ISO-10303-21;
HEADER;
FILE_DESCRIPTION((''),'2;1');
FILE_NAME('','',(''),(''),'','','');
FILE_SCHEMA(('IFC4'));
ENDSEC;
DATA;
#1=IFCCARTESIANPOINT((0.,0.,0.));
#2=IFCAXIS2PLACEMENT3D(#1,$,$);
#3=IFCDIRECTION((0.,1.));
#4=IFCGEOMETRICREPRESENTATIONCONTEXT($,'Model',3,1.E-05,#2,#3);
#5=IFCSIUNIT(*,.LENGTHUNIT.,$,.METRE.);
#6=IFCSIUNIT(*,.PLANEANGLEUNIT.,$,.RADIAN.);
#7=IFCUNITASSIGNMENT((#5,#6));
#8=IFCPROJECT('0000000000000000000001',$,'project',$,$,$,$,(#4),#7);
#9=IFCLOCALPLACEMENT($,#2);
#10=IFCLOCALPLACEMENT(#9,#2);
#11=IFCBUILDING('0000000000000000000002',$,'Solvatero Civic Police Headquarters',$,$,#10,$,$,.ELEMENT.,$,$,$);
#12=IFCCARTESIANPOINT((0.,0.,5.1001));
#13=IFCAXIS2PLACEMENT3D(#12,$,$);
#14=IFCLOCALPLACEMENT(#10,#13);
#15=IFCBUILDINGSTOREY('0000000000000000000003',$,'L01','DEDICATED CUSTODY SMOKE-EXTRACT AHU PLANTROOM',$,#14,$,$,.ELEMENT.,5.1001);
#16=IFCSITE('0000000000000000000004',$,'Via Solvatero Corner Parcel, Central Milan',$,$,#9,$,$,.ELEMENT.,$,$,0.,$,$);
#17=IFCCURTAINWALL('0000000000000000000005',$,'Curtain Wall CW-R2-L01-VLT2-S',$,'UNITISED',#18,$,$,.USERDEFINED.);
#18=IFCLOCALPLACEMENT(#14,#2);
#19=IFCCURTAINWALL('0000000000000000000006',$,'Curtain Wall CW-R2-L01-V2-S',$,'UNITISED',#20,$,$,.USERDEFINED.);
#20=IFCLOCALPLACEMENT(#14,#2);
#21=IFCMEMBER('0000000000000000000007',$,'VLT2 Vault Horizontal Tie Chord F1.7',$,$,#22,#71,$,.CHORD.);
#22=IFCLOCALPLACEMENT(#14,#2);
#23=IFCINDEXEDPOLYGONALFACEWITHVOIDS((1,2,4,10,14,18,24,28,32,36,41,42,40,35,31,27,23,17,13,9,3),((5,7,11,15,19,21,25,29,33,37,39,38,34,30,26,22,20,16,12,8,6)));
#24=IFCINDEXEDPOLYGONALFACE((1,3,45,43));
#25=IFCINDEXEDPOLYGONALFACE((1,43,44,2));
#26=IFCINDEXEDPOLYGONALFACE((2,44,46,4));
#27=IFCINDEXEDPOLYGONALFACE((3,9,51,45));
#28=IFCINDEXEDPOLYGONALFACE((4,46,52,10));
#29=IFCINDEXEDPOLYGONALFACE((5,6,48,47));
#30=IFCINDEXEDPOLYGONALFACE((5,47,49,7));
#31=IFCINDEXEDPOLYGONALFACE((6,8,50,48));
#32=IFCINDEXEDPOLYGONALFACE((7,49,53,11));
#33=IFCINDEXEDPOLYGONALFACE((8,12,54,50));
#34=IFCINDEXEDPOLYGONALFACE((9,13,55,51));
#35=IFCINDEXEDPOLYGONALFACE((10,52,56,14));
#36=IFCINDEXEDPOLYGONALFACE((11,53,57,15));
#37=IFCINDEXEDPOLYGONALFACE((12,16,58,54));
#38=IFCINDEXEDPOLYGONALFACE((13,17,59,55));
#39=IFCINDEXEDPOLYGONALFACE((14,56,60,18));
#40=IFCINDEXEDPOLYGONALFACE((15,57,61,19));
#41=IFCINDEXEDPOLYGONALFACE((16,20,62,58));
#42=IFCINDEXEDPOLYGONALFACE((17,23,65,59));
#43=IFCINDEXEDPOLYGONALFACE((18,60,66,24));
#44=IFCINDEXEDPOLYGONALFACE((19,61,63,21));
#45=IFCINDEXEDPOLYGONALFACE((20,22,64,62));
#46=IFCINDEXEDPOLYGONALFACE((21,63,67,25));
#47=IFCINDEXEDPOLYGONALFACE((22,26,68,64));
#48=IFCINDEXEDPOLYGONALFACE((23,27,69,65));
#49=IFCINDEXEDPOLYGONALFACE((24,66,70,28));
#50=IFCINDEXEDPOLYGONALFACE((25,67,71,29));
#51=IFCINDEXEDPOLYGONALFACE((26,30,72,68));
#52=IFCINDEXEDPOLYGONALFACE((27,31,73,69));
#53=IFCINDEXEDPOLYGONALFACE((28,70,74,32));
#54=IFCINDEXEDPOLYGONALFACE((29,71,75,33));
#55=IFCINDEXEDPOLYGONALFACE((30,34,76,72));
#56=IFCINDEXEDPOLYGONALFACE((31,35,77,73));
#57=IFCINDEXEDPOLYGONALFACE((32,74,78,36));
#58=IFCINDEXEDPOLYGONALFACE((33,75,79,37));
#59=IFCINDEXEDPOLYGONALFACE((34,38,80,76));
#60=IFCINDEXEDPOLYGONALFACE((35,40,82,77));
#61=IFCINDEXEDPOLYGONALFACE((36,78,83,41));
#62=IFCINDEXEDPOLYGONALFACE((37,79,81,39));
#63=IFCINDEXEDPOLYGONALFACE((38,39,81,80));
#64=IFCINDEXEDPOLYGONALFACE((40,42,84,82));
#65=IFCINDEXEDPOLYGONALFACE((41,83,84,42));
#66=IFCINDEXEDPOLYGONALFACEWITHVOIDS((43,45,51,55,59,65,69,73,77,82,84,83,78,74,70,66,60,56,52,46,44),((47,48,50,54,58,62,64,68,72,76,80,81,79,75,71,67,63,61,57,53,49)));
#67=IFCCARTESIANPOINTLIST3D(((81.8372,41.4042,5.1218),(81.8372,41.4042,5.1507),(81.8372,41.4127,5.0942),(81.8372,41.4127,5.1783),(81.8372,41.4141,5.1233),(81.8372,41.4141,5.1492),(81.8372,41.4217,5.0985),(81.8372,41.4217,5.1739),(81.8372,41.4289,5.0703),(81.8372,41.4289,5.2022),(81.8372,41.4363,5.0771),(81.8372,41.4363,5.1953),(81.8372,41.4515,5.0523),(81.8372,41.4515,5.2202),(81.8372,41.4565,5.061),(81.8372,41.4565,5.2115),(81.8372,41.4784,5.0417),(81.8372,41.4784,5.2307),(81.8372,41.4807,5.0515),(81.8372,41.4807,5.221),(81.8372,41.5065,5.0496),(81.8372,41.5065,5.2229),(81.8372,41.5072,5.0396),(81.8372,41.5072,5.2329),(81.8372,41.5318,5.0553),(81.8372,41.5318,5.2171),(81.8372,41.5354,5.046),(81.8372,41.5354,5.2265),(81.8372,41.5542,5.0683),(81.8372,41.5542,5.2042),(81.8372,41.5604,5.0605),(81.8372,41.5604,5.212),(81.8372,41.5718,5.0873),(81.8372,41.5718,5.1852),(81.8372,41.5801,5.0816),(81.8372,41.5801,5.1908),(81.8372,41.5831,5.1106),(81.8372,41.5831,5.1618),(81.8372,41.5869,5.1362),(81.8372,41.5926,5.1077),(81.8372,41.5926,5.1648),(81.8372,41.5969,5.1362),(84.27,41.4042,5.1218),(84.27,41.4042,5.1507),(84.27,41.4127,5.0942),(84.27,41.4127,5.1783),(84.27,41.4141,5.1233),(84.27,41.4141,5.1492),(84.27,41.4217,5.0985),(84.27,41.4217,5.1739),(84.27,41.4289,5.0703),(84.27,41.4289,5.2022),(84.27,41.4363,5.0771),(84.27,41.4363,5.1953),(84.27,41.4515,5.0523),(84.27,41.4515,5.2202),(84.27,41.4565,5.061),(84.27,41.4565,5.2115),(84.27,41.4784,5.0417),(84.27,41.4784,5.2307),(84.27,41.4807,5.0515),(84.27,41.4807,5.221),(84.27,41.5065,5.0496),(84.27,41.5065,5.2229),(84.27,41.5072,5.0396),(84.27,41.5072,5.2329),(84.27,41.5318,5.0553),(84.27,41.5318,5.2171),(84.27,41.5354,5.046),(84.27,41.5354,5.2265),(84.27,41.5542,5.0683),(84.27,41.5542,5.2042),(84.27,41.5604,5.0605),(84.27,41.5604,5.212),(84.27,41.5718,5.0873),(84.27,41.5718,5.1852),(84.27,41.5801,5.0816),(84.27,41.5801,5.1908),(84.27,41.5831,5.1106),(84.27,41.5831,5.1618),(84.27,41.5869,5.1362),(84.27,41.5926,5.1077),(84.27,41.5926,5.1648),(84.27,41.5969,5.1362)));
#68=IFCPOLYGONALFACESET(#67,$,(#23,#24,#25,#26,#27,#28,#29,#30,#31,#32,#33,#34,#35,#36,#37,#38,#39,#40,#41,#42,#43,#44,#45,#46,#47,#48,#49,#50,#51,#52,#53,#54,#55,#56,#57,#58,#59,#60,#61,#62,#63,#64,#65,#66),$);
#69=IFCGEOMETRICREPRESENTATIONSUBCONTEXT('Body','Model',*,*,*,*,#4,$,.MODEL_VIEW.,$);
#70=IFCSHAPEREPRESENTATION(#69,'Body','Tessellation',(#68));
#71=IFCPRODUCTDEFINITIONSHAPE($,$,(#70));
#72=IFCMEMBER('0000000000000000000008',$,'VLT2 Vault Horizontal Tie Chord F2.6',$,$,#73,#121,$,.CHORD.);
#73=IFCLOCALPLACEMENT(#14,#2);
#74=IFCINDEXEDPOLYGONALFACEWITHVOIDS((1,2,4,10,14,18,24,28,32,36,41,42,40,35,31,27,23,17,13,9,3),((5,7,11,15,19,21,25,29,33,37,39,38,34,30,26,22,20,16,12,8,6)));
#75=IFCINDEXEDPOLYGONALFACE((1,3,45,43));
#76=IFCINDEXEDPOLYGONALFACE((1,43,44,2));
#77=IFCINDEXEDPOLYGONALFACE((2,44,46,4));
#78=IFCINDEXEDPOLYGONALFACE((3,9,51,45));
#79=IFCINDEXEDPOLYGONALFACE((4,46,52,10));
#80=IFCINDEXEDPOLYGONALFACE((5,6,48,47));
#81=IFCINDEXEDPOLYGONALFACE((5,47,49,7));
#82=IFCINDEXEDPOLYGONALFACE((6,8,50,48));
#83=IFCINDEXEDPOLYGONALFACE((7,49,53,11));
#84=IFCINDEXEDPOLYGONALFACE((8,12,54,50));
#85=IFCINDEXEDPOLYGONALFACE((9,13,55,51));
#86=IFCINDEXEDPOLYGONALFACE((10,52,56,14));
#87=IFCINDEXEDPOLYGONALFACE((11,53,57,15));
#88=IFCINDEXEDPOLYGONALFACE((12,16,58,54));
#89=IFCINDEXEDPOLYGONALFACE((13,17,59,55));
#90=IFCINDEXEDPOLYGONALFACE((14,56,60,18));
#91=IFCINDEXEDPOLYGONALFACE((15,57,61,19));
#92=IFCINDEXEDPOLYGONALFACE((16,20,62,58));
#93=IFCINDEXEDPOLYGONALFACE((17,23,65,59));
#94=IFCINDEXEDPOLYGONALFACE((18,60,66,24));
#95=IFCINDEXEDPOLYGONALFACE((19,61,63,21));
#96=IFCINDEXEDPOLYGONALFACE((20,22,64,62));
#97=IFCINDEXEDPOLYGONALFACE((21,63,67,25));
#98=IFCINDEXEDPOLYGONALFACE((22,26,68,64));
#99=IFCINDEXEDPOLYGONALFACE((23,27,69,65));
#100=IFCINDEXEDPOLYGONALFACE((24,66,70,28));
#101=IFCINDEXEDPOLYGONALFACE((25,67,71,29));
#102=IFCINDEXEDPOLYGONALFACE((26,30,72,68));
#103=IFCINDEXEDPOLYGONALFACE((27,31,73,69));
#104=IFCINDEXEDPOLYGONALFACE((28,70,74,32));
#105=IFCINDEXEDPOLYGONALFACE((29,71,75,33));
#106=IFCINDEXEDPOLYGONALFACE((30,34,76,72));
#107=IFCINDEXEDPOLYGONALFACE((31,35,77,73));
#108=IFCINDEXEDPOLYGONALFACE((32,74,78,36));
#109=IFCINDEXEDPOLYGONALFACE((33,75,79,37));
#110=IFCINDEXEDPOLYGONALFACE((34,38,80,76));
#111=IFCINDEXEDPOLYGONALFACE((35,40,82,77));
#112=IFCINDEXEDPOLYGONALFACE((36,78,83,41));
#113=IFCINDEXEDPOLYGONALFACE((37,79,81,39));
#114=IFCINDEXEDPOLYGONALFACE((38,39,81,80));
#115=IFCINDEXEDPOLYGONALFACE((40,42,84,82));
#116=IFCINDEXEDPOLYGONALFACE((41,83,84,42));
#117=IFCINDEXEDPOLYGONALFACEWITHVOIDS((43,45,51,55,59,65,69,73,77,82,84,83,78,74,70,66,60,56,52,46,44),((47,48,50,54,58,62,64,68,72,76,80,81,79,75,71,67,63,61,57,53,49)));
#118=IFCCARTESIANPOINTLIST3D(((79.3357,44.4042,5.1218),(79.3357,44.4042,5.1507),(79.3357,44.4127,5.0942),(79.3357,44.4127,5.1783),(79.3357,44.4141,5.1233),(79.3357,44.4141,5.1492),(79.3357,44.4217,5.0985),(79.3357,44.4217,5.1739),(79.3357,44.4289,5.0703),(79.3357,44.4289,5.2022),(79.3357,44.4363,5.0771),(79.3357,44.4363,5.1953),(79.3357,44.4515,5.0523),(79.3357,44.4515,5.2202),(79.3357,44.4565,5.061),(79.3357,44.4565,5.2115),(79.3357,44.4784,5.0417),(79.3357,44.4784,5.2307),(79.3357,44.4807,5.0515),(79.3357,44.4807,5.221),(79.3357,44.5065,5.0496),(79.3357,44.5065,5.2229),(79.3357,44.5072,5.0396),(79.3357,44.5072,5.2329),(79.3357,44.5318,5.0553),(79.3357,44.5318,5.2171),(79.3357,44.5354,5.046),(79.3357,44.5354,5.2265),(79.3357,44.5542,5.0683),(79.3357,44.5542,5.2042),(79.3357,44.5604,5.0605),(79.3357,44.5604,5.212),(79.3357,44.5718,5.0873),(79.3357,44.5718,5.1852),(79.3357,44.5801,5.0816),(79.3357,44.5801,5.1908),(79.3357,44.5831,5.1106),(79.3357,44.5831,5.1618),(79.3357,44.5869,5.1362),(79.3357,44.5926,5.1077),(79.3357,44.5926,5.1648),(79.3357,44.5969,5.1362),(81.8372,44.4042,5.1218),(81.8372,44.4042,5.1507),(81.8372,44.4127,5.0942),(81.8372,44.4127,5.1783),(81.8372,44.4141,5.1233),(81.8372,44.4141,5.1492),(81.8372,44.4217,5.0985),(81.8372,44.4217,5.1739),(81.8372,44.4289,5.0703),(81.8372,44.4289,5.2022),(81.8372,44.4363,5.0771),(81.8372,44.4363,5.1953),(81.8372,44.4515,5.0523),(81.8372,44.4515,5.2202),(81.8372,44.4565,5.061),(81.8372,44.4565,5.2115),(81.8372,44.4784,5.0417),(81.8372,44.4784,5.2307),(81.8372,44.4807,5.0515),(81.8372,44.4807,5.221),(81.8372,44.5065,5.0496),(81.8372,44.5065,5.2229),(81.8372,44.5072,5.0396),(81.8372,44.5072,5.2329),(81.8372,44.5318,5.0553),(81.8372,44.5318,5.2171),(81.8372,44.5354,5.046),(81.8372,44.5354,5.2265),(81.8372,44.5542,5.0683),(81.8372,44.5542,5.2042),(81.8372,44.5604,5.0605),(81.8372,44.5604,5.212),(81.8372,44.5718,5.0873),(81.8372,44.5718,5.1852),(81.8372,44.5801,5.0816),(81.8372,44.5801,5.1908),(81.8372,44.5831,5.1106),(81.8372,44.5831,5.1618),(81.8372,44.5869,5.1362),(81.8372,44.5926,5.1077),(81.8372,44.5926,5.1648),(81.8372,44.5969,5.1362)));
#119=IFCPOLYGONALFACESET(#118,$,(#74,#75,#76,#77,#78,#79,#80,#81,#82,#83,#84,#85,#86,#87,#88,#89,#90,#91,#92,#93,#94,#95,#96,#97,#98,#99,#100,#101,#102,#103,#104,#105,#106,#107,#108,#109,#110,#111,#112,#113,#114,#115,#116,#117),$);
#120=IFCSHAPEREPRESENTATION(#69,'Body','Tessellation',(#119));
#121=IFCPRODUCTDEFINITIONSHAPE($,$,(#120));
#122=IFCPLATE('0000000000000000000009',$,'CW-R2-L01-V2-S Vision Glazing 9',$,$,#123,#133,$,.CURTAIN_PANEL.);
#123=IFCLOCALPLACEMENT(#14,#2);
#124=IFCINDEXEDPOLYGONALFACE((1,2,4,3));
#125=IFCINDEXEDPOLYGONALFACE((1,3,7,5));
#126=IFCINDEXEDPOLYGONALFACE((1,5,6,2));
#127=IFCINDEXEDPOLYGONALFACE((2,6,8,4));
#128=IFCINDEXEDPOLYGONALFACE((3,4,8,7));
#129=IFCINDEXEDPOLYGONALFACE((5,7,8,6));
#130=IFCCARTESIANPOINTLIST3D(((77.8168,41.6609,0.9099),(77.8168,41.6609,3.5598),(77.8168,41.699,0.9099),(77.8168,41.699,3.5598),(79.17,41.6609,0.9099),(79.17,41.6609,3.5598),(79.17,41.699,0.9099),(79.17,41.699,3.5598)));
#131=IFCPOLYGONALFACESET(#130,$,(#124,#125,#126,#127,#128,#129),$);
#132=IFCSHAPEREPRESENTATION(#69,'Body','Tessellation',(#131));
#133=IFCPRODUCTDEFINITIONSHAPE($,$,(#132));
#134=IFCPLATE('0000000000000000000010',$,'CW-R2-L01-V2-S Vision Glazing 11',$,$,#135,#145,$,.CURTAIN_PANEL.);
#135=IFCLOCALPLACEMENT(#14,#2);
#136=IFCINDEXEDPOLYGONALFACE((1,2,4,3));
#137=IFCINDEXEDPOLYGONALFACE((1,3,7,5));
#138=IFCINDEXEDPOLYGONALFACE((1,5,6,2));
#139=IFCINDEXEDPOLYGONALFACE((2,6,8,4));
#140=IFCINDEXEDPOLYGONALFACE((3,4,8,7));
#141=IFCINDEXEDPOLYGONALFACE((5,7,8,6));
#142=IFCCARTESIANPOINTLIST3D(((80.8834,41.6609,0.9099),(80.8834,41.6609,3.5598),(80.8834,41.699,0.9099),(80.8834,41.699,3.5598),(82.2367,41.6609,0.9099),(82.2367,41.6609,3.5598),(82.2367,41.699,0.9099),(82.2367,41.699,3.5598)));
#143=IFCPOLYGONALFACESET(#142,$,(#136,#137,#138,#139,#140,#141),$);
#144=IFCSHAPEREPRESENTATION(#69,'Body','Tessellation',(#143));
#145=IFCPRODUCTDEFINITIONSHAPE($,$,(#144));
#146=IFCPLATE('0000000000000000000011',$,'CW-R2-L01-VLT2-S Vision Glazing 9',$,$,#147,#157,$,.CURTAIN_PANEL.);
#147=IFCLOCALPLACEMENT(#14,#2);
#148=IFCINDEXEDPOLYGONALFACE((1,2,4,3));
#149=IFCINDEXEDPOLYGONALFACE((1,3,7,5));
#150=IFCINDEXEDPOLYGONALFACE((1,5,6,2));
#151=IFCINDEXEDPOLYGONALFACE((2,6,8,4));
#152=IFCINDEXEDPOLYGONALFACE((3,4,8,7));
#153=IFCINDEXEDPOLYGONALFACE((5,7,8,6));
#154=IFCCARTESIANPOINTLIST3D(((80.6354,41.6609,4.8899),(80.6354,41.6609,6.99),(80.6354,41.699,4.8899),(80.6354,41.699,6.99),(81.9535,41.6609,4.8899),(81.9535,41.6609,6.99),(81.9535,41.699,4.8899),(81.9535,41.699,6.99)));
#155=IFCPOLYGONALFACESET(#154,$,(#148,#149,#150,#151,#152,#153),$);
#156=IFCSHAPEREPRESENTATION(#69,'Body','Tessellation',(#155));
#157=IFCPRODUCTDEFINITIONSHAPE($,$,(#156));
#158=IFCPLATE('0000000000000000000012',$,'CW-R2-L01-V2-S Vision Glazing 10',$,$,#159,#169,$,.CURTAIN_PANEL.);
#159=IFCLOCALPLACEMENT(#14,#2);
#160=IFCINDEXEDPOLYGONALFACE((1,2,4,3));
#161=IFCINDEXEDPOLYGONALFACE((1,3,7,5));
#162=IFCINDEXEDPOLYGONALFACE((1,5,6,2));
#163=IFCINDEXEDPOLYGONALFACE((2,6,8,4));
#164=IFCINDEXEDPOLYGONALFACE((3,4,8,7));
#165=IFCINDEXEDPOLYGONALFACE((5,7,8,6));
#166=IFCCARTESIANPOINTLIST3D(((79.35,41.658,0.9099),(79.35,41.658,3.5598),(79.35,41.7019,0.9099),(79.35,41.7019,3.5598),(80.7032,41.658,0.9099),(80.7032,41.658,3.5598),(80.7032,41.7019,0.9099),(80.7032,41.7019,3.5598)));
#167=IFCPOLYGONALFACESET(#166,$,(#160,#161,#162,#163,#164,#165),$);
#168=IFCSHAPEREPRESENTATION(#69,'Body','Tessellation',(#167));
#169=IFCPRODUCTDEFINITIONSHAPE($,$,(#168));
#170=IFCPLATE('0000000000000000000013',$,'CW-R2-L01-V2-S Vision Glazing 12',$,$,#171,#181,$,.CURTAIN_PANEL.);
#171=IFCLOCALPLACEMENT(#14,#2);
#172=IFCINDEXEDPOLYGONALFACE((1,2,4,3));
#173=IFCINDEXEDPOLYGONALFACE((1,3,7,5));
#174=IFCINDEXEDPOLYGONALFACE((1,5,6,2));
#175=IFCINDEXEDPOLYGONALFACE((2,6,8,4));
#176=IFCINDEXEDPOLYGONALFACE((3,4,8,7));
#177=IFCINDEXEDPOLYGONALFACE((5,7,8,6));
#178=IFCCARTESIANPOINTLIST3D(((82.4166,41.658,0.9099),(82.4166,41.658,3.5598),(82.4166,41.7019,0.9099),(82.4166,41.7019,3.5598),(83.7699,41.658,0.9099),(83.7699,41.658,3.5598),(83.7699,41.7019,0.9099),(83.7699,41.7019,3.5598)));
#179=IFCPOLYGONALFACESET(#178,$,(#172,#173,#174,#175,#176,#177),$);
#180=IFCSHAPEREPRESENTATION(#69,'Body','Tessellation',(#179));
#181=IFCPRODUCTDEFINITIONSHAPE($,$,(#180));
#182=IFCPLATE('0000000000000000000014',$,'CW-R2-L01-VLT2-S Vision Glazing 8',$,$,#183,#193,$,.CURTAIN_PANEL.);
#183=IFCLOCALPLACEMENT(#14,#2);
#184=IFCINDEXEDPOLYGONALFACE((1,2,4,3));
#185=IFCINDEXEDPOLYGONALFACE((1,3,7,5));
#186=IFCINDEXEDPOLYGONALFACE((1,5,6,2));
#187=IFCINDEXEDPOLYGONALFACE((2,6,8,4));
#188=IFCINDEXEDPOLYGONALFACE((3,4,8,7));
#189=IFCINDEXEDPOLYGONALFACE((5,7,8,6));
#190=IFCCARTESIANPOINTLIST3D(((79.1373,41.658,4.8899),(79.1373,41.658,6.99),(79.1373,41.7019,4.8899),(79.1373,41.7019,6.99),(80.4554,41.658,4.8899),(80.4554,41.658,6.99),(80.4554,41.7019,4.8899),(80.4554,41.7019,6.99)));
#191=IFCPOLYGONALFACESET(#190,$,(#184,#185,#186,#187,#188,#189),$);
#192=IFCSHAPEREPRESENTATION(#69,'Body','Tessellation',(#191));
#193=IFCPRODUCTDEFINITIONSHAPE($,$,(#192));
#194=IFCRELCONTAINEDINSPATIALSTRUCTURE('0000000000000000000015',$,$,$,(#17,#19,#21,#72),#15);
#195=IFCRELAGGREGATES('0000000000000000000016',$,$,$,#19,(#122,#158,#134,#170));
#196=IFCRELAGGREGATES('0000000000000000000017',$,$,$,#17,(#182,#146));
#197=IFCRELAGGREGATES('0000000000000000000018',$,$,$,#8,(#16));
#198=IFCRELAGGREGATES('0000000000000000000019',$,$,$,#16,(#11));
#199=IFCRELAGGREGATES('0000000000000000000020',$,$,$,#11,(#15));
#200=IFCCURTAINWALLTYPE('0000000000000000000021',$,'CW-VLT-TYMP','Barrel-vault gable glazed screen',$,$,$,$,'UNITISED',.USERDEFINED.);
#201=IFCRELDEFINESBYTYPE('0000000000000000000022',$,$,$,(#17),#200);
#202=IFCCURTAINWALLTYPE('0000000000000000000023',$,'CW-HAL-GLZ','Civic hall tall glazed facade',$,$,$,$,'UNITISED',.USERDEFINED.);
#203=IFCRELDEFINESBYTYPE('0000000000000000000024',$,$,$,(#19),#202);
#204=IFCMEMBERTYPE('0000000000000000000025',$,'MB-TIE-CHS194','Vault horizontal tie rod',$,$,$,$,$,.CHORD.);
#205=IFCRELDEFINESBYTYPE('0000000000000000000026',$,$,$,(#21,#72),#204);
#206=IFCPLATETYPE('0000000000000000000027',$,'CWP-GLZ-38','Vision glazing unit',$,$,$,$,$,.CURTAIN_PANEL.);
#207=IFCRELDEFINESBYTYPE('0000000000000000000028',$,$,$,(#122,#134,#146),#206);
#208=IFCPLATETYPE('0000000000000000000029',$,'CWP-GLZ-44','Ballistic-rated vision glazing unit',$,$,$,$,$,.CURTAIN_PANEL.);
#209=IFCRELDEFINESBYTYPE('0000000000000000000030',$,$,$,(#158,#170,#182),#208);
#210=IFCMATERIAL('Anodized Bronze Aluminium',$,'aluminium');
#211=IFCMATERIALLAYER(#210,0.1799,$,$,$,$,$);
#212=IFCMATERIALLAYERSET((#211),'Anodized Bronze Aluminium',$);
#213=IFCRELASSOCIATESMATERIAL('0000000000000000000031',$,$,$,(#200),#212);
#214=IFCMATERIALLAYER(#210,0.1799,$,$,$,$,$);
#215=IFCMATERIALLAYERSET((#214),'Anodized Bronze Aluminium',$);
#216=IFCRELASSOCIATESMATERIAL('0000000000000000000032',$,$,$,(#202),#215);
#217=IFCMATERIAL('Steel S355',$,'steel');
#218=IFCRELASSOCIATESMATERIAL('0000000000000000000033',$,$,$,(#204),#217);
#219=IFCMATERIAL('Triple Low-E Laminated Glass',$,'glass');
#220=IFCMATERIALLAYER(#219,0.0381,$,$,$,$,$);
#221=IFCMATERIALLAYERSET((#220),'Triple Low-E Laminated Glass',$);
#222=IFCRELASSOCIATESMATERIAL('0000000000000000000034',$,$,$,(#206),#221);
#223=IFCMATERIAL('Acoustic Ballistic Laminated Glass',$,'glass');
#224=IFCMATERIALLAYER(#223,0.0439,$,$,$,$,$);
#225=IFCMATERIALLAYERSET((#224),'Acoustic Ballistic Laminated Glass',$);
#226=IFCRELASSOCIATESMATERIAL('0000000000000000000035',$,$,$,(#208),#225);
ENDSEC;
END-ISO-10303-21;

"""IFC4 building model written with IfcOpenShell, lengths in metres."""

from ifc_helpers import new_model, si_unit, direction, frame, origin, origin_2d, place, context, subcontext, project, spatial, rectangle, hollow_circle, extrude, material, layer, layer_set, material_profile, profile_set, type_object, element, aggregate, save


model = new_model("IFC4")

# Units and contexts
model_context = context("Model", 3, precision=1e-05, world=origin(), true_north=direction((0.0, 1.0)))
body_context = subcontext(model_context, "Body", "Model", "MODEL_VIEW")
ifc_project = project(units=[si_unit("LENGTHUNIT", "METRE"), si_unit("PLANEANGLEUNIT", "RADIAN")], contexts=[model_context])

# Site, building, storey
site_placement = place(None, origin())
site = spatial("IfcSite", under=ifc_project, at=site_placement, Name="Via Solvatero Corner Parcel, Central Milan", CompositionType="ELEMENT", RefElevation=0.0)
building_placement = place(site_placement, origin())
building = spatial("IfcBuilding", under=site, at=building_placement, Name="Solvatero Civic Police Headquarters", CompositionType="ELEMENT")
storey_placement = place(building_placement, frame((0.0, 0.0, 5.1001)))
storey = spatial("IfcBuildingStorey", under=building, at=storey_placement, Name="L01", Description="DEDICATED CUSTODY SMOKE-EXTRACT AHU PLANTROOM", CompositionType="ELEMENT", Elevation=5.1001)

# Curtain walls
ifc_material_1 = material(Name="Anodized Bronze Aluminium", Category="aluminium")
ifc_layer_1 = layer(ifc_material_1, 0.1799)
ifc_layer_set_1 = layer_set([ifc_layer_1], Name="Anodized Bronze Aluminium")
curtain_wall_type_1 = type_object("IfcCurtainWallType", Name="CW-VLT-TYMP", Description="Barrel-vault gable glazed screen", ElementType="UNITISED", PredefinedType="USERDEFINED", material=ifc_layer_set_1)
curtain_wall_1_placement = place(storey_placement, origin())
curtain_wall_1 = element("IfcCurtainWall", 1, at=curtain_wall_1_placement, inside=storey, type_object=curtain_wall_type_1, Name="Curtain Wall CW-R2-L01-VLT2-S", ObjectType="UNITISED", PredefinedType="USERDEFINED")
ifc_layer_2 = layer(ifc_material_1, 0.1799)
ifc_layer_set_2 = layer_set([ifc_layer_2], Name="Anodized Bronze Aluminium")
curtain_wall_type_2 = type_object("IfcCurtainWallType", Name="CW-HAL-GLZ", Description="Civic hall tall glazed facade", ElementType="UNITISED", PredefinedType="USERDEFINED", material=ifc_layer_set_2)
curtain_wall_2_placement = place(storey_placement, origin())
curtain_wall_2 = element("IfcCurtainWall", 2, at=curtain_wall_2_placement, inside=storey, type_object=curtain_wall_type_2, Name="Curtain Wall CW-R2-L01-V2-S", ObjectType="UNITISED", PredefinedType="USERDEFINED")

# Members
ifc_material_2 = material(Name="Steel S355", Category="steel")
ifc_material_profile_1 = material_profile(ifc_material_2, hollow_circle(Radius=0.0969, WallThickness=0.01, at=origin_2d()), Name="CHS 193.7x10.0")
ifc_profile_set_1 = profile_set([ifc_material_profile_1], Name="Steel S355")
member_type_1 = type_object("IfcMemberType", Name="MB-TIE-CHS194", Description="Vault horizontal tie rod", PredefinedType="CHORD", material=ifc_profile_set_1)
member_1_placement = place(storey_placement, frame((81.8372, 41.5, 5.1362), z_axis=(1.0, 0.0, 0.0), x_axis=(0.0, 1.0, 0.0)))
element("IfcMember", 3, at=member_1_placement, inside=storey, type_object=member_type_1, Name="VLT2 Vault Horizontal Tie Chord F1.7", PredefinedType="CHORD", context=body_context, shape_type="SweptSolid", body=[
    extrude(hollow_circle(Radius=0.0969, WallThickness=0.01, at=origin_2d()), origin(), (0.0, 0.0, 1.0), 2.4329),
])
member_2_placement = place(storey_placement, frame((79.3357, 44.5, 5.1362), z_axis=(1.0, 0.0, 0.0), x_axis=(0.0, 1.0, 0.0)))
element("IfcMember", 4, at=member_2_placement, inside=storey, type_object=member_type_1, Name="VLT2 Vault Horizontal Tie Chord F2.6", PredefinedType="CHORD", context=body_context, shape_type="SweptSolid", body=[
    extrude(hollow_circle(Radius=0.0969, WallThickness=0.01, at=origin_2d()), origin(), (0.0, 0.0, 1.0), 2.5015),
])

# Plates
ifc_material_3 = material(Name="Triple Low-E Laminated Glass", Category="glass")
ifc_layer_3 = layer(ifc_material_3, 0.0381)
ifc_layer_set_3 = layer_set([ifc_layer_3], Name="Triple Low-E Laminated Glass")
plate_type_1 = type_object("IfcPlateType", Name="CWP-GLZ-38", Description="Vision glazing unit", PredefinedType="CURTAIN_PANEL", material=ifc_layer_set_3)
plate_1_placement = place(storey_placement, frame((78.4934, 41.6799, 0.9099), z_axis=(0.0, 0.0, 1.0), x_axis=(1.0, 0.0, 0.0)))
plate_1 = element("IfcPlate", 5, at=plate_1_placement, type_object=plate_type_1, Name="CW-R2-L01-V2-S Vision Glazing 9", PredefinedType="CURTAIN_PANEL", context=body_context, shape_type="SweptSolid", body=[
    extrude(rectangle(XDim=1.3533, YDim=0.0381, at=origin_2d()), origin(), (0.0, 0.0, 1.0), 2.6499),
])
plate_2_placement = place(storey_placement, frame((81.5601, 41.6799, 0.9099), z_axis=(0.0, 0.0, 1.0), x_axis=(1.0, 0.0, 0.0)))
plate_2 = element("IfcPlate", 6, at=plate_2_placement, type_object=plate_type_1, Name="CW-R2-L01-V2-S Vision Glazing 11", PredefinedType="CURTAIN_PANEL", context=body_context, shape_type="SweptSolid", body=[
    extrude(rectangle(XDim=1.3533, YDim=0.0381, at=origin_2d()), origin(), (0.0, 0.0, 1.0), 2.6499),
])
plate_3_placement = place(storey_placement, frame((81.2944, 41.6799, 4.8899), z_axis=(0.0, 0.0, 1.0), x_axis=(1.0, 0.0, 0.0)))
plate_3 = element("IfcPlate", 7, at=plate_3_placement, type_object=plate_type_1, Name="CW-R2-L01-VLT2-S Vision Glazing 9", PredefinedType="CURTAIN_PANEL", context=body_context, shape_type="SweptSolid", body=[
    extrude(rectangle(XDim=1.3181, YDim=0.0381, at=origin_2d()), origin(), (0.0, 0.0, 1.0), 2.1001),
])
ifc_material_4 = material(Name="Acoustic Ballistic Laminated Glass", Category="glass")
ifc_layer_4 = layer(ifc_material_4, 0.0439)
ifc_layer_set_4 = layer_set([ifc_layer_4], Name="Acoustic Ballistic Laminated Glass")
plate_type_2 = type_object("IfcPlateType", Name="CWP-GLZ-44", Description="Ballistic-rated vision glazing unit", PredefinedType="CURTAIN_PANEL", material=ifc_layer_set_4)
plate_4_placement = place(storey_placement, frame((80.0266, 41.6799, 0.9099), z_axis=(0.0, 0.0, 1.0), x_axis=(1.0, 0.0, 0.0)))
plate_4 = element("IfcPlate", 8, at=plate_4_placement, type_object=plate_type_2, Name="CW-R2-L01-V2-S Vision Glazing 10", PredefinedType="CURTAIN_PANEL", context=body_context, shape_type="SweptSolid", body=[
    extrude(rectangle(XDim=1.3533, YDim=0.0439, at=origin_2d()), origin(), (0.0, 0.0, 1.0), 2.6499),
])
plate_5_placement = place(storey_placement, frame((83.0933, 41.6799, 0.9099), z_axis=(0.0, 0.0, 1.0), x_axis=(1.0, 0.0, 0.0)))
plate_5 = element("IfcPlate", 9, at=plate_5_placement, type_object=plate_type_2, Name="CW-R2-L01-V2-S Vision Glazing 12", PredefinedType="CURTAIN_PANEL", context=body_context, shape_type="SweptSolid", body=[
    extrude(rectangle(XDim=1.3533, YDim=0.0439, at=origin_2d()), origin(), (0.0, 0.0, 1.0), 2.6499),
])
plate_6_placement = place(storey_placement, frame((79.7964, 41.6799, 4.8899), z_axis=(0.0, 0.0, 1.0), x_axis=(1.0, 0.0, 0.0)))
plate_6 = element("IfcPlate", 10, at=plate_6_placement, type_object=plate_type_2, Name="CW-R2-L01-VLT2-S Vision Glazing 8", PredefinedType="CURTAIN_PANEL", context=body_context, shape_type="SweptSolid", body=[
    extrude(rectangle(XDim=1.3181, YDim=0.0439, at=origin_2d()), origin(), (0.0, 0.0, 1.0), 2.1001),
])
aggregate(curtain_wall_2, [plate_1, plate_4, plate_2, plate_5])
aggregate(curtain_wall_1, [plate_6, plate_3])

save(model, "model.ifc")
